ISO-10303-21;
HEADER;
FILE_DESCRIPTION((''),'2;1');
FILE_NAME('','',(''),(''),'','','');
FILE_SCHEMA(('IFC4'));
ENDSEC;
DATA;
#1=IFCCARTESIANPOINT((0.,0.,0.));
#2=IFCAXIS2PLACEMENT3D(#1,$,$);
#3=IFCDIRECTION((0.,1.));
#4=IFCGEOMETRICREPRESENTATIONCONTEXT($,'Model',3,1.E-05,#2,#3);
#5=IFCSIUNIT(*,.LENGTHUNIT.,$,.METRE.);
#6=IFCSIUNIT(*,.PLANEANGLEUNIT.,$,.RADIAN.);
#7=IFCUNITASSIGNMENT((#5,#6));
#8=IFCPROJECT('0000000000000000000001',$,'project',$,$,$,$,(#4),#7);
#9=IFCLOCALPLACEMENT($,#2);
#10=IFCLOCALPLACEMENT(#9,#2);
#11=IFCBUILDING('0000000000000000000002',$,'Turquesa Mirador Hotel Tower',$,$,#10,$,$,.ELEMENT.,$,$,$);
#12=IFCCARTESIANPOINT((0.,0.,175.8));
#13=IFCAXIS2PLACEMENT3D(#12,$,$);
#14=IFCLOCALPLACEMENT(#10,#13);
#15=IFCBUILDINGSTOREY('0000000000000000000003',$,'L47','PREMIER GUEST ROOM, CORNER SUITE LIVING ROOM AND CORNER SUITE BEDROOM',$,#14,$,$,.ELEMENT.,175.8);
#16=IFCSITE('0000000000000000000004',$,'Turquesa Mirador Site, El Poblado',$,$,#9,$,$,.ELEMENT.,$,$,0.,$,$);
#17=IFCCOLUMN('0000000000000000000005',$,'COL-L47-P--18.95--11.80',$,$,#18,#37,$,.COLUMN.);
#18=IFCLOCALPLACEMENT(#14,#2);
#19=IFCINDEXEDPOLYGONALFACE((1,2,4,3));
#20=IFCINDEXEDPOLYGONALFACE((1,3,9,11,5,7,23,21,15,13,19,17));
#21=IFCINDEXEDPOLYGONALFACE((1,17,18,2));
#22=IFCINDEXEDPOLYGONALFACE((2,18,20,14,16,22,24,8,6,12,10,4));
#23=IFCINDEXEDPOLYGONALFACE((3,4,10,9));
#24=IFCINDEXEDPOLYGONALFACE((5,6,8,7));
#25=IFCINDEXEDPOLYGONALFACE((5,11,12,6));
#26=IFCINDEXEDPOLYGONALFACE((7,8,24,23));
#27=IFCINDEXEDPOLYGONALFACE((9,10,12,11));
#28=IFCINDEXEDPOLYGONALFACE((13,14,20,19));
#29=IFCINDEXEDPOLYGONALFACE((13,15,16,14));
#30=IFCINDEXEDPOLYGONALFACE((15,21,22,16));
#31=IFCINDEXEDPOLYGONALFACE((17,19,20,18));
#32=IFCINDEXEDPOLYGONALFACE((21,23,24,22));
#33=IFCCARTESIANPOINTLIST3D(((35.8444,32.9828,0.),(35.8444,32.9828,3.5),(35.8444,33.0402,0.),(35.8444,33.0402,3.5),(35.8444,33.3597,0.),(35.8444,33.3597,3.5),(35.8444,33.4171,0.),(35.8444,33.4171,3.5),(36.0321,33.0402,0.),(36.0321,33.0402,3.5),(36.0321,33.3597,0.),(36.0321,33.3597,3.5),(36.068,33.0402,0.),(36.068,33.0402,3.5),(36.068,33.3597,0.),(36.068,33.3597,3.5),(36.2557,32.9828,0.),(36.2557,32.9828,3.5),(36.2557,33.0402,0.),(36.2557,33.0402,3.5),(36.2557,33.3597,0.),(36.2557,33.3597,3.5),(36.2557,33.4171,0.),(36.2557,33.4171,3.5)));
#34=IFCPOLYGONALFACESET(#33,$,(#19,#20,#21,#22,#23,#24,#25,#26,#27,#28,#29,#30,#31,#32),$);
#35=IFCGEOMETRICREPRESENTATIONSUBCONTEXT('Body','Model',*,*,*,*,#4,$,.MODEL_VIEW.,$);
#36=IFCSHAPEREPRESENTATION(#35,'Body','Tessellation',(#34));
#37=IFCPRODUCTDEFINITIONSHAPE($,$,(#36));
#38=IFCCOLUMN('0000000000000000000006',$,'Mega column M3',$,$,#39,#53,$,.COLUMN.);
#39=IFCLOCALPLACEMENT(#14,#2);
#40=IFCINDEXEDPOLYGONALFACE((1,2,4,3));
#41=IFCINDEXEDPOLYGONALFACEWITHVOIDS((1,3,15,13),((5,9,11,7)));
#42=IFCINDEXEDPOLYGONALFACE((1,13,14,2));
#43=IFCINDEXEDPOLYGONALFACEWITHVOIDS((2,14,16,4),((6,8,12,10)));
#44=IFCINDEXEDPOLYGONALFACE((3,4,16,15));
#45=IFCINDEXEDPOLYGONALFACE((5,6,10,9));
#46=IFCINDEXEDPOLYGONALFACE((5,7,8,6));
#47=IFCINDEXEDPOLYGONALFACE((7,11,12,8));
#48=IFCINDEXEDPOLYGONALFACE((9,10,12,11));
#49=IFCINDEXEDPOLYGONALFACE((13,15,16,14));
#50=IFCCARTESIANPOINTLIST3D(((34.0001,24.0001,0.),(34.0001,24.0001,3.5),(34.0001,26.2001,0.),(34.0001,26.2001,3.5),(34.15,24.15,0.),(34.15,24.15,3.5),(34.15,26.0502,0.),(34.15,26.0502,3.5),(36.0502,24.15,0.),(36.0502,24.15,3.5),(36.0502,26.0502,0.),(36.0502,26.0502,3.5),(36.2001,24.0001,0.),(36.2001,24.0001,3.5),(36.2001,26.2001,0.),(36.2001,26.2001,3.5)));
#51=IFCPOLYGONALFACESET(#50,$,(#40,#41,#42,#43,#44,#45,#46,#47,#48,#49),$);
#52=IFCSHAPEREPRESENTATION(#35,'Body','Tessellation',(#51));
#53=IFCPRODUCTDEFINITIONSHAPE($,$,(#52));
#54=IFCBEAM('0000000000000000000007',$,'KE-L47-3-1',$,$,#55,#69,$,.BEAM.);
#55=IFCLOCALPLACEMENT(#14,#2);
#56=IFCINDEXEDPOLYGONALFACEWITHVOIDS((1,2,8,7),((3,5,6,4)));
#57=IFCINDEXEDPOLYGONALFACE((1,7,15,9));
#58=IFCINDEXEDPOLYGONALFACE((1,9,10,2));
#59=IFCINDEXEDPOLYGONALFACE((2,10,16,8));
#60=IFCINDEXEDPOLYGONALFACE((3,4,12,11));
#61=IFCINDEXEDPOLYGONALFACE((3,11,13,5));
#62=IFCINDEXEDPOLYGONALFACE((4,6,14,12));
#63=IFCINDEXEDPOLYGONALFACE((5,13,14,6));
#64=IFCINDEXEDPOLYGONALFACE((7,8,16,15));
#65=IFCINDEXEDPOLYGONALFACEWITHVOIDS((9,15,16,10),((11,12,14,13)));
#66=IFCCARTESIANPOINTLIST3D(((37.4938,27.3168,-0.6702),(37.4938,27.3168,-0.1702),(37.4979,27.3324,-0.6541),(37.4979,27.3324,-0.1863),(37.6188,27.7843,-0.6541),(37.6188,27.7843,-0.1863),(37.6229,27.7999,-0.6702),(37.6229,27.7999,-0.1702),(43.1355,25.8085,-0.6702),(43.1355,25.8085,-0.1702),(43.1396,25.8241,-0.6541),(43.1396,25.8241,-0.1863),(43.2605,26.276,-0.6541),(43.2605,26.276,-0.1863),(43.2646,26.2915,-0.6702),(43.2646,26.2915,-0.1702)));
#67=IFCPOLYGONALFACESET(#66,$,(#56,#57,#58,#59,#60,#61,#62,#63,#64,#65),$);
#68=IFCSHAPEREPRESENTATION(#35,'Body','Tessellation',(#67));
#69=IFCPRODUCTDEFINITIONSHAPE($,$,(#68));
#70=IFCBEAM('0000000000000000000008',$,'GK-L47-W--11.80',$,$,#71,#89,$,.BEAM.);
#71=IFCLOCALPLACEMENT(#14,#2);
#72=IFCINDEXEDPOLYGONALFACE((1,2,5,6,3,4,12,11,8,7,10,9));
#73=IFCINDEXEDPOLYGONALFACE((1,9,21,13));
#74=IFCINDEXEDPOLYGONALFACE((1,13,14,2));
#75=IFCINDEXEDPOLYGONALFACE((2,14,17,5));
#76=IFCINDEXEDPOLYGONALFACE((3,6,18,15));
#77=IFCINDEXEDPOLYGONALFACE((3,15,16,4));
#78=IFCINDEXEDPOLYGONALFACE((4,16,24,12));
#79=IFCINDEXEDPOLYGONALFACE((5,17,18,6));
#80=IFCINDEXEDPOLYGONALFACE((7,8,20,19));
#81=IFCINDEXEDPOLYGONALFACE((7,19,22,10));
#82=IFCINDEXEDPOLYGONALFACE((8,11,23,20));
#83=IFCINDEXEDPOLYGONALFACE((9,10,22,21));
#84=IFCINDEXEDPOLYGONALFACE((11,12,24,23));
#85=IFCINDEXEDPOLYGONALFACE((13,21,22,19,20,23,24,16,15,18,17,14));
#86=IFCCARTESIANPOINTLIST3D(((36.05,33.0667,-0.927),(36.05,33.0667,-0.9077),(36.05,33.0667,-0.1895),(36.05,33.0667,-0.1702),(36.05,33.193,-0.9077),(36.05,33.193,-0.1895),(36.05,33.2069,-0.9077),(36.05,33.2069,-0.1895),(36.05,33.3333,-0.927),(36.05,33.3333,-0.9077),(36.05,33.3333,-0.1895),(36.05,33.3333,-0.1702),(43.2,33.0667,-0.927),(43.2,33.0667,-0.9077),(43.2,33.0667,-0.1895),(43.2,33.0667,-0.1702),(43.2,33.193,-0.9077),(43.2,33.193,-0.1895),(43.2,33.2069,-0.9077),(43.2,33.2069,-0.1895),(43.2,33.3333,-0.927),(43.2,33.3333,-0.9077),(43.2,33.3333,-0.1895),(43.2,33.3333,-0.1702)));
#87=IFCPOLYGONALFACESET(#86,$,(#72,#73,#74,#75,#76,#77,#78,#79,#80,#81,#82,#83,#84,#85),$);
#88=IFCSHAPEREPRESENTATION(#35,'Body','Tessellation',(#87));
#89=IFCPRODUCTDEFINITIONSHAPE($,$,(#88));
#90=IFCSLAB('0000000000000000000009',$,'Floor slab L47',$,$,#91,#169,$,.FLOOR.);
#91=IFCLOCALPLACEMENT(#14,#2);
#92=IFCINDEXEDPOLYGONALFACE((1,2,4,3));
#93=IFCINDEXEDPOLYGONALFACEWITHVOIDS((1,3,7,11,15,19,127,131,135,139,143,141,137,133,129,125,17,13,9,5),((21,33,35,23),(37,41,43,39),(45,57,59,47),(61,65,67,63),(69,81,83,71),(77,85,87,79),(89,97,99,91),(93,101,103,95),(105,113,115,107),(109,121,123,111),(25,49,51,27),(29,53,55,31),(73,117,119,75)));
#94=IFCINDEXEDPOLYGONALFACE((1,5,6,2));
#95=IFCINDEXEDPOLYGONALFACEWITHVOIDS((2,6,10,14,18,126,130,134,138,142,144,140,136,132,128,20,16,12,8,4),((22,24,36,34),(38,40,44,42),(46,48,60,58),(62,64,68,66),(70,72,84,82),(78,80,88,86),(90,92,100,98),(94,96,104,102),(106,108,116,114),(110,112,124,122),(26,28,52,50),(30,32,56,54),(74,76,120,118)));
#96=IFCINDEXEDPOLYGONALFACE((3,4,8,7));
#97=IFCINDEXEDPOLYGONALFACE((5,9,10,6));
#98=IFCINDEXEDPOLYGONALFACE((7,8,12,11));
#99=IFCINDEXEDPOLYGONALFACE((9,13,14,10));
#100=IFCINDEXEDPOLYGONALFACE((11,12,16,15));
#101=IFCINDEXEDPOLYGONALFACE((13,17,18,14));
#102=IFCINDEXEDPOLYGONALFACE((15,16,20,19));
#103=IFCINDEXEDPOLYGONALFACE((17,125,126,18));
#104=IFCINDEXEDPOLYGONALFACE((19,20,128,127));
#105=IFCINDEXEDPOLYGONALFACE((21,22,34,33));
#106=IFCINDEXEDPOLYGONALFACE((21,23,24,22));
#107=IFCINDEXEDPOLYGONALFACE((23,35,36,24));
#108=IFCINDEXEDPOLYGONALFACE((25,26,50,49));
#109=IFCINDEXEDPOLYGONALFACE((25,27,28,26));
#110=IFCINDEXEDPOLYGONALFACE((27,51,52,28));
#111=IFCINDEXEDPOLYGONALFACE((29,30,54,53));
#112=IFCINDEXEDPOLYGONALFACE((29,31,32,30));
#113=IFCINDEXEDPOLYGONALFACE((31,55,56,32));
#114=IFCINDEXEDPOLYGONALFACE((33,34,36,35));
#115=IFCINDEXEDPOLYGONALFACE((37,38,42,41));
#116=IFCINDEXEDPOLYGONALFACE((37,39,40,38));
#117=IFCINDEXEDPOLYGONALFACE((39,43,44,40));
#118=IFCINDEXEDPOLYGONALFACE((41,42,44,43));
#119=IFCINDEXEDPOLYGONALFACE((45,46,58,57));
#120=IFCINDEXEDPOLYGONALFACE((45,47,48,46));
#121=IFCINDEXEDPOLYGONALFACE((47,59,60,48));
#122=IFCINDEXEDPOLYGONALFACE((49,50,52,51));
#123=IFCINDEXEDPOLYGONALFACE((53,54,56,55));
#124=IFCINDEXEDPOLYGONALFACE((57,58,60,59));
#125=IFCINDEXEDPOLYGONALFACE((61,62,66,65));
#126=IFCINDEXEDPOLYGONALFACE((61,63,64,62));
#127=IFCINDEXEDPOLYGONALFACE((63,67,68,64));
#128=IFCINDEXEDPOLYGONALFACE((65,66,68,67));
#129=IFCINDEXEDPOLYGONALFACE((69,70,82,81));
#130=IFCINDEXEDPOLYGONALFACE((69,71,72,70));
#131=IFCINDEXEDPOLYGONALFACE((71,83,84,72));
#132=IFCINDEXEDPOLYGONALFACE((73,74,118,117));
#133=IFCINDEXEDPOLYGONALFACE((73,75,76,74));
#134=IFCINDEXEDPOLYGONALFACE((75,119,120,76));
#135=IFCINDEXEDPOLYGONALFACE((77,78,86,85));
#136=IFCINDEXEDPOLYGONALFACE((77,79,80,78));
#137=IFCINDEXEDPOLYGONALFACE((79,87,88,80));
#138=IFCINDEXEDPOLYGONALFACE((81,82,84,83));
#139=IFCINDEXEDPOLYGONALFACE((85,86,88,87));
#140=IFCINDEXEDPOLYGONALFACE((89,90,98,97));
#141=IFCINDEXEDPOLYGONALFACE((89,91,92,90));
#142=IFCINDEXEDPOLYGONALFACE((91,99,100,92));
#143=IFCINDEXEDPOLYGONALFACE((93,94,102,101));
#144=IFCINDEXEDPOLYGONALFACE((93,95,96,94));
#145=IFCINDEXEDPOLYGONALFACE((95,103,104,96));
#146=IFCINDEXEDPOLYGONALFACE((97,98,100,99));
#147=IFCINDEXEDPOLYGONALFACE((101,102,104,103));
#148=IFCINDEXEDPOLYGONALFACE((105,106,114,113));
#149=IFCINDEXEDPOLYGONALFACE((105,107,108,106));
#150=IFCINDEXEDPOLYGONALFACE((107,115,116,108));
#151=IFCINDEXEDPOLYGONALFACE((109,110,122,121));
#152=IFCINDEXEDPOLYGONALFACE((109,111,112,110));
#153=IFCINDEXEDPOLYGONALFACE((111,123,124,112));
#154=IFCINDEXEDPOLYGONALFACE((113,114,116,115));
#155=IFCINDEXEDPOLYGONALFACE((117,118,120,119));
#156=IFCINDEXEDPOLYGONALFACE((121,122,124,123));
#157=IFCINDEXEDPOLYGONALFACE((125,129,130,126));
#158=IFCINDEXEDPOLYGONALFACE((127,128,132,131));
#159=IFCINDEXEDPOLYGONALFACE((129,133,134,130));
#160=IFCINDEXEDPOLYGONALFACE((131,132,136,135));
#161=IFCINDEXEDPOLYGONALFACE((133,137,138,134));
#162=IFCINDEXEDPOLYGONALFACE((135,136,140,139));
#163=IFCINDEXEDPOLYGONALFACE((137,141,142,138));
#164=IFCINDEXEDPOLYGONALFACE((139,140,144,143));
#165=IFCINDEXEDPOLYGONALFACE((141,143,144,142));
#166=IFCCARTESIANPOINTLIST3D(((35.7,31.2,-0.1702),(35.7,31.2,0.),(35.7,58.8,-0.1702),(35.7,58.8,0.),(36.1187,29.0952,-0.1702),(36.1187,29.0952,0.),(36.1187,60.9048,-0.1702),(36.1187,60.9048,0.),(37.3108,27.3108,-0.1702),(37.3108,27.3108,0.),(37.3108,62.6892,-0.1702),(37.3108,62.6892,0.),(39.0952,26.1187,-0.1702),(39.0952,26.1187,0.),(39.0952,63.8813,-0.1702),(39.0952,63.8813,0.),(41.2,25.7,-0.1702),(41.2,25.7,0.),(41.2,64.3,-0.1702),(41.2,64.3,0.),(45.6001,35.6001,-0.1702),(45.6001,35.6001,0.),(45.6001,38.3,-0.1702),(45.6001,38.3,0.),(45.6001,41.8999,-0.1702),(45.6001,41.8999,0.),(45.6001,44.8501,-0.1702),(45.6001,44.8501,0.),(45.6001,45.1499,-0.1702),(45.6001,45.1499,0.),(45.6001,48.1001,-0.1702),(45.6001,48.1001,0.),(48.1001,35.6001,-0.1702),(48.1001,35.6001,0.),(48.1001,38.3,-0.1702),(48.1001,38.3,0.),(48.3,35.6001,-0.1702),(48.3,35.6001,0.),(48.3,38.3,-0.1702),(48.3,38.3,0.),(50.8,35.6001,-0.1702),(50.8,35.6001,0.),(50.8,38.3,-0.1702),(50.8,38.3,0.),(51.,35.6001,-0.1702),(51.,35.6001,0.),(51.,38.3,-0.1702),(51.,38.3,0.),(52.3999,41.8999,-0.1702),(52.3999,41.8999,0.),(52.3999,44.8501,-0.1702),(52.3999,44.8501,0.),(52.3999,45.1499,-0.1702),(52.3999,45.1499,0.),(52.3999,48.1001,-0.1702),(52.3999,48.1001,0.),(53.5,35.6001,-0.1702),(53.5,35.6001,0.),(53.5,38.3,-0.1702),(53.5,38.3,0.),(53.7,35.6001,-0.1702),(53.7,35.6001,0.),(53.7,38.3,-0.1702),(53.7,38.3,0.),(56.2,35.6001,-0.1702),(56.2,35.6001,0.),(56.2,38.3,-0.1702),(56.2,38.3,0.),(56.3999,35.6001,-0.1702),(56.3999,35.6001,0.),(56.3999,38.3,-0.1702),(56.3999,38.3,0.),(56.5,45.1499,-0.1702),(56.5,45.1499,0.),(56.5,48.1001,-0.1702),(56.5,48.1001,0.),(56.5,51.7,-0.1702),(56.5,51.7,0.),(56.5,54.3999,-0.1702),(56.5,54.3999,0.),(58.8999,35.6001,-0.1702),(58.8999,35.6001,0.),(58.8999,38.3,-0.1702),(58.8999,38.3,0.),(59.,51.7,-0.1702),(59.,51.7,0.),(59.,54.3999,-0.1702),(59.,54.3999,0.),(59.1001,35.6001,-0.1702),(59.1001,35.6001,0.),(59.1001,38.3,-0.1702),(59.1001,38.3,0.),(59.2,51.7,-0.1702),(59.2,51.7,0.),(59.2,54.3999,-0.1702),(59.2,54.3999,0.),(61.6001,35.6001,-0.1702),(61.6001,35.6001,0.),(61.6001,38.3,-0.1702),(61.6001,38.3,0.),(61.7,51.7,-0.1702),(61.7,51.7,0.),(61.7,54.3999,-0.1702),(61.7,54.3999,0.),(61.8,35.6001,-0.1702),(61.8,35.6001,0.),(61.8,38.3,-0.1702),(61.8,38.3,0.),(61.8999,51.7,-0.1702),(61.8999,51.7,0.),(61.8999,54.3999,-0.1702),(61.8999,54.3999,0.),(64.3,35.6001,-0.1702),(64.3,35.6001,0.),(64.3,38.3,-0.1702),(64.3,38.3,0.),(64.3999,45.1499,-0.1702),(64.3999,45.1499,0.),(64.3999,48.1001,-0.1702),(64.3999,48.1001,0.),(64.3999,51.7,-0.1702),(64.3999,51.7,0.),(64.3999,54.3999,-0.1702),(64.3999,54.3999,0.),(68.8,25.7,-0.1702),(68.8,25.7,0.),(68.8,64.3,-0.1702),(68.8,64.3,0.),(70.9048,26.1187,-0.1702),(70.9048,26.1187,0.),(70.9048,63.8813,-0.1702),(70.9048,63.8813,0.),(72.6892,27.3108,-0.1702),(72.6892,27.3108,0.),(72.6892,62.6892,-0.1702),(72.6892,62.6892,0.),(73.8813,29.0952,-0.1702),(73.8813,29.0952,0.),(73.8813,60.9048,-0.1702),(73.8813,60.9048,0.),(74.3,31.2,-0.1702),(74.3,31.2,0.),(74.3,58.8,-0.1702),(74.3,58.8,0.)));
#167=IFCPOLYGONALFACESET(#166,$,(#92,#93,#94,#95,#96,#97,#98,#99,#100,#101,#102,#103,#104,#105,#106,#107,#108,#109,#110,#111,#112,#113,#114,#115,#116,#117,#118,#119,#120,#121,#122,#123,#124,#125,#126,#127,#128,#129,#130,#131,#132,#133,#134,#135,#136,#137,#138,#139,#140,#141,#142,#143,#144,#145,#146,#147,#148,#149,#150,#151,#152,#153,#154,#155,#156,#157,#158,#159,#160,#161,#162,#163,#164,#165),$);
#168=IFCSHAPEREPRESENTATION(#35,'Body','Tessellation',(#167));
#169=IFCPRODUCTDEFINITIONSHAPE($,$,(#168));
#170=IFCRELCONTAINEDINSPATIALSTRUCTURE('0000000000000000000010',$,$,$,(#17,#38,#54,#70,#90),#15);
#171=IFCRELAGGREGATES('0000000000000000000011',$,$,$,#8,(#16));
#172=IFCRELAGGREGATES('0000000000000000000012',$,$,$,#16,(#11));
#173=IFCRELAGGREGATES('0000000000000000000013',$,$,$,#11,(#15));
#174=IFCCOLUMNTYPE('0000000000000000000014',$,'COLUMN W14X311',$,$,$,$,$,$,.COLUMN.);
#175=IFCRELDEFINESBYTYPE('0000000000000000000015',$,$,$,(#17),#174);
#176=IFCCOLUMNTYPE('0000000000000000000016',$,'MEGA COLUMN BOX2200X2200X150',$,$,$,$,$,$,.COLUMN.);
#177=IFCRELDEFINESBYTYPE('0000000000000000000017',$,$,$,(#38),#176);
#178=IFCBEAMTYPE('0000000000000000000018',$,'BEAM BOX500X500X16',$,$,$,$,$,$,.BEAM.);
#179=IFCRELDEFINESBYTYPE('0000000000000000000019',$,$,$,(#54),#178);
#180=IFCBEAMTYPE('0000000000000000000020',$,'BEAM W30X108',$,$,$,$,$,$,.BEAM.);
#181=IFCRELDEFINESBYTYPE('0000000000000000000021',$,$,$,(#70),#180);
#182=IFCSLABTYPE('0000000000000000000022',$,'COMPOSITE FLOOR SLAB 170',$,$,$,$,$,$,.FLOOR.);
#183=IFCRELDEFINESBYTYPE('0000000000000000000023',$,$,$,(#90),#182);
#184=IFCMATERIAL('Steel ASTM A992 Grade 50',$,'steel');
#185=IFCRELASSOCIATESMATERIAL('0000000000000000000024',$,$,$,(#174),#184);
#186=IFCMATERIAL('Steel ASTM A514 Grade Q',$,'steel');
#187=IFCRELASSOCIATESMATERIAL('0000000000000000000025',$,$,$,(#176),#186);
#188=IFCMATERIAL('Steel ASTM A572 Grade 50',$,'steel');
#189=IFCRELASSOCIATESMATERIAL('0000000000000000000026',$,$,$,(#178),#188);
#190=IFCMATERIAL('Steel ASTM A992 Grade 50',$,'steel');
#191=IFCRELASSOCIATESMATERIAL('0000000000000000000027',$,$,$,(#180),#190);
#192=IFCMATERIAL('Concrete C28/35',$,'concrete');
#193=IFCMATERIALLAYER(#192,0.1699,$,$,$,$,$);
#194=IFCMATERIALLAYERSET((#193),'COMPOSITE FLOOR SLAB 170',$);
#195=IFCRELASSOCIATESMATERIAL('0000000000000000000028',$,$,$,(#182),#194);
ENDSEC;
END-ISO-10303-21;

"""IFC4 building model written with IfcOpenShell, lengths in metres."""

from ifc_helpers import new_model, si_unit, direction, frame, origin, origin_2d, place, context, subcontext, project, spatial, polyline, hollow_rectangle, i_section, outline, extrude, material, layer, layer_set, material_profile, profile_set, type_object, element, save


model = new_model("IFC4")

# Units and contexts
model_context = context("Model", 3, precision=1e-05, world=origin(), true_north=direction((0.0, 1.0)))
body_context = subcontext(model_context, "Body", "Model", "MODEL_VIEW")
ifc_project = project(units=[si_unit("LENGTHUNIT", "METRE"), si_unit("PLANEANGLEUNIT", "RADIAN")], contexts=[model_context])

# Site, building, storey
site_placement = place(None, origin())
site = spatial("IfcSite", under=ifc_project, at=site_placement, Name="Turquesa Mirador Site, El Poblado", CompositionType="ELEMENT", RefElevation=0.0)
building_placement = place(site_placement, origin())
building = spatial("IfcBuilding", under=site, at=building_placement, Name="Turquesa Mirador Hotel Tower", CompositionType="ELEMENT")
storey_placement = place(building_placement, frame((0.0, 0.0, 175.8)))
storey = spatial("IfcBuildingStorey", under=building, at=storey_placement, Name="L47", Description="PREMIER GUEST ROOM, CORNER SUITE LIVING ROOM AND CORNER SUITE BEDROOM", CompositionType="ELEMENT", Elevation=175.8)

# Columns
ifc_material_1 = material(Name="Steel ASTM A992 Grade 50", Category="steel")
ifc_material_profile_1 = material_profile(ifc_material_1, i_section(OverallWidth=0.4114, OverallDepth=0.4343, WebThickness=0.0359, FlangeThickness=0.0574, at=origin_2d()), Name="W14X311")
ifc_profile_set_1 = profile_set([ifc_material_profile_1], Name="Steel ASTM A992 Grade 50")
column_type_1 = type_object("IfcColumnType", Name="COLUMN W14X311", PredefinedType="COLUMN", material=ifc_profile_set_1)
column_1_placement = place(storey_placement, frame((36.05, 33.2, 0.0), z_axis=(0.0, 0.0, 1.0), x_axis=(1.0, 0.0, 0.0)))
element("IfcColumn", 1, at=column_1_placement, inside=storey, type_object=column_type_1, Name="COL-L47-P--18.95--11.80", PredefinedType="COLUMN", context=body_context, shape_type="SweptSolid", body=[
    extrude(i_section(OverallWidth=0.4114, OverallDepth=0.4343, WebThickness=0.0359, FlangeThickness=0.0574, at=origin_2d()), origin(), (0.0, 0.0, 1.0), 3.5),
])
ifc_material_2 = material(Name="Steel ASTM A514 Grade Q", Category="steel")
ifc_material_profile_2 = material_profile(ifc_material_2, hollow_rectangle(XDim=2.2, YDim=2.2, WallThickness=0.1499, at=origin_2d()), Name="BOX2200X2200X150")
ifc_profile_set_2 = profile_set([ifc_material_profile_2], Name="Steel ASTM A514 Grade Q")
column_type_2 = type_object("IfcColumnType", Name="MEGA COLUMN BOX2200X2200X150", PredefinedType="COLUMN", material=ifc_profile_set_2)
column_2_placement = place(storey_placement, frame((35.1001, 25.1001, 0.0), z_axis=(0.0, 0.0, 1.0), x_axis=(1.0, 0.0, 0.0)))
element("IfcColumn", 2, at=column_2_placement, inside=storey, type_object=column_type_2, Name="Mega column M3", PredefinedType="COLUMN", context=body_context, shape_type="SweptSolid", body=[
    extrude(hollow_rectangle(XDim=2.2, YDim=2.2, WallThickness=0.1499, at=origin_2d()), origin(), (0.0, 0.0, 1.0), 3.5),
])

# Beams
ifc_material_3 = material(Name="Steel ASTM A572 Grade 50", Category="steel")
ifc_material_profile_3 = material_profile(ifc_material_3, hollow_rectangle(XDim=0.5, YDim=0.5, WallThickness=0.0161, at=origin_2d()), Name="BOX500X500X16")
ifc_profile_set_3 = profile_set([ifc_material_profile_3], Name="Steel ASTM A572 Grade 50")
beam_type_1 = type_object("IfcBeamType", Name="BEAM BOX500X500X16", PredefinedType="BEAM", material=ifc_profile_set_3)
beam_1_placement = place(storey_placement, frame((37.5583, 27.5583, -0.4202), z_axis=(0.96607, -0.258282, 0.0), x_axis=(0.258282, 0.96607, 0.0)))
element("IfcBeam", 3, at=beam_1_placement, inside=storey, type_object=beam_type_1, Name="KE-L47-3-1", PredefinedType="BEAM", context=body_context, shape_type="SweptSolid", body=[
    extrude(hollow_rectangle(XDim=0.5, YDim=0.5, WallThickness=0.0161, at=origin_2d()), origin(), (0.0, 0.0, 1.0), 5.8398),
])
ifc_material_4 = material(Name="Steel ASTM A992 Grade 50", Category="steel")
ifc_material_profile_4 = material_profile(ifc_material_4, i_section(OverallWidth=0.2666, OverallDepth=0.7568, WebThickness=0.0139, FlangeThickness=0.0193, at=origin_2d()), Name="W30X108")
ifc_profile_set_4 = profile_set([ifc_material_profile_4], Name="Steel ASTM A992 Grade 50")
beam_type_2 = type_object("IfcBeamType", Name="BEAM W30X108", PredefinedType="BEAM", material=ifc_profile_set_4)
beam_2_placement = place(storey_placement, frame((36.05, 33.2, -0.5486), z_axis=(1.0, 0.0, 0.0), x_axis=(0.0, 1.0, 0.0)))
element("IfcBeam", 4, at=beam_2_placement, inside=storey, type_object=beam_type_2, Name="GK-L47-W--11.80", PredefinedType="BEAM", context=body_context, shape_type="SweptSolid", body=[
    extrude(i_section(OverallWidth=0.2666, OverallDepth=0.7568, WebThickness=0.0139, FlangeThickness=0.0193, at=origin_2d()), origin(), (0.0, 0.0, 1.0), 7.1499),
])

# Slab
ifc_material_5 = material(Name="Concrete C28/35", Category="concrete")
ifc_layer_1 = layer(ifc_material_5, 0.1699)
ifc_layer_set_1 = layer_set([ifc_layer_1], Name="COMPOSITE FLOOR SLAB 170")
slab_type_1 = type_object("IfcSlabType", Name="COMPOSITE FLOOR SLAB 170", PredefinedType="FLOOR", material=ifc_layer_set_1)
slab_1_placement = place(storey_placement, frame((0.0, 0.0, -0.1702)))
element("IfcSlab", 5, at=slab_1_placement, inside=storey, type_object=slab_type_1, Name="Floor slab L47", PredefinedType="FLOOR", context=body_context, shape_type="SweptSolid", body=[
    extrude(outline(polyline([(68.8, 25.7), (70.9048, 26.1187), (72.6892, 27.3108), (73.8813, 29.0952), (74.3, 31.2), (74.3, 58.8), (73.8813, 60.9048), (72.6892, 62.6892), (70.9048, 63.8813), (68.8, 64.3), (41.2, 64.3), (39.0952, 63.8813), (37.3108, 62.6892), (36.1187, 60.9048), (35.7, 58.8), (35.7, 31.2), (36.1187, 29.0952), (37.3108, 27.3108), (39.0952, 26.1187), (41.2, 25.7), (68.8, 25.7)]), holes=[polyline([(56.5, 51.7), (59.0, 51.7), (59.0, 54.3999), (56.5, 54.3999), (56.5, 51.7)]), polyline([(59.2, 51.7), (61.7, 51.7), (61.7, 54.3999), (59.2, 54.3999), (59.2, 51.7)]), polyline([(45.6001, 35.6001), (48.1001, 35.6001), (48.1001, 38.3), (45.6001, 38.3), (45.6001, 35.6001)]), polyline([(48.3, 35.6001), (50.8, 35.6001), (50.8, 38.3), (48.3, 38.3), (48.3, 35.6001)]), polyline([(51.0, 35.6001), (53.5, 35.6001), (53.5, 38.3), (51.0, 38.3), (51.0, 35.6001)]), polyline([(53.7, 35.6001), (56.2, 35.6001), (56.2, 38.3), (53.7, 38.3), (53.7, 35.6001)]), polyline([(56.3999, 35.6001), (58.8999, 35.6001), (58.8999, 38.3), (56.3999, 38.3), (56.3999, 35.6001)]), polyline([(59.1001, 35.6001), (61.6001, 35.6001), (61.6001, 38.3), (59.1001, 38.3), (59.1001, 35.6001)]), polyline([(61.8, 35.6001), (64.3, 35.6001), (64.3, 38.3), (61.8, 38.3), (61.8, 35.6001)]), polyline([(45.6001, 45.1499), (52.3999, 45.1499), (52.3999, 48.1001), (45.6001, 48.1001), (45.6001, 45.1499)]), polyline([(45.6001, 41.8999), (52.3999, 41.8999), (52.3999, 44.8501), (45.6001, 44.8501), (45.6001, 41.8999)]), polyline([(56.5, 45.1499), (64.3999, 45.1499), (64.3999, 48.1001), (56.5, 48.1001), (56.5, 45.1499)]), polyline([(61.8999, 51.7), (64.3999, 51.7), (64.3999, 54.3999), (61.8999, 54.3999), (61.8999, 51.7)])]), origin(), (0.0, 0.0, 1.0), 0.1702),
])

save(model, "model.ifc")
